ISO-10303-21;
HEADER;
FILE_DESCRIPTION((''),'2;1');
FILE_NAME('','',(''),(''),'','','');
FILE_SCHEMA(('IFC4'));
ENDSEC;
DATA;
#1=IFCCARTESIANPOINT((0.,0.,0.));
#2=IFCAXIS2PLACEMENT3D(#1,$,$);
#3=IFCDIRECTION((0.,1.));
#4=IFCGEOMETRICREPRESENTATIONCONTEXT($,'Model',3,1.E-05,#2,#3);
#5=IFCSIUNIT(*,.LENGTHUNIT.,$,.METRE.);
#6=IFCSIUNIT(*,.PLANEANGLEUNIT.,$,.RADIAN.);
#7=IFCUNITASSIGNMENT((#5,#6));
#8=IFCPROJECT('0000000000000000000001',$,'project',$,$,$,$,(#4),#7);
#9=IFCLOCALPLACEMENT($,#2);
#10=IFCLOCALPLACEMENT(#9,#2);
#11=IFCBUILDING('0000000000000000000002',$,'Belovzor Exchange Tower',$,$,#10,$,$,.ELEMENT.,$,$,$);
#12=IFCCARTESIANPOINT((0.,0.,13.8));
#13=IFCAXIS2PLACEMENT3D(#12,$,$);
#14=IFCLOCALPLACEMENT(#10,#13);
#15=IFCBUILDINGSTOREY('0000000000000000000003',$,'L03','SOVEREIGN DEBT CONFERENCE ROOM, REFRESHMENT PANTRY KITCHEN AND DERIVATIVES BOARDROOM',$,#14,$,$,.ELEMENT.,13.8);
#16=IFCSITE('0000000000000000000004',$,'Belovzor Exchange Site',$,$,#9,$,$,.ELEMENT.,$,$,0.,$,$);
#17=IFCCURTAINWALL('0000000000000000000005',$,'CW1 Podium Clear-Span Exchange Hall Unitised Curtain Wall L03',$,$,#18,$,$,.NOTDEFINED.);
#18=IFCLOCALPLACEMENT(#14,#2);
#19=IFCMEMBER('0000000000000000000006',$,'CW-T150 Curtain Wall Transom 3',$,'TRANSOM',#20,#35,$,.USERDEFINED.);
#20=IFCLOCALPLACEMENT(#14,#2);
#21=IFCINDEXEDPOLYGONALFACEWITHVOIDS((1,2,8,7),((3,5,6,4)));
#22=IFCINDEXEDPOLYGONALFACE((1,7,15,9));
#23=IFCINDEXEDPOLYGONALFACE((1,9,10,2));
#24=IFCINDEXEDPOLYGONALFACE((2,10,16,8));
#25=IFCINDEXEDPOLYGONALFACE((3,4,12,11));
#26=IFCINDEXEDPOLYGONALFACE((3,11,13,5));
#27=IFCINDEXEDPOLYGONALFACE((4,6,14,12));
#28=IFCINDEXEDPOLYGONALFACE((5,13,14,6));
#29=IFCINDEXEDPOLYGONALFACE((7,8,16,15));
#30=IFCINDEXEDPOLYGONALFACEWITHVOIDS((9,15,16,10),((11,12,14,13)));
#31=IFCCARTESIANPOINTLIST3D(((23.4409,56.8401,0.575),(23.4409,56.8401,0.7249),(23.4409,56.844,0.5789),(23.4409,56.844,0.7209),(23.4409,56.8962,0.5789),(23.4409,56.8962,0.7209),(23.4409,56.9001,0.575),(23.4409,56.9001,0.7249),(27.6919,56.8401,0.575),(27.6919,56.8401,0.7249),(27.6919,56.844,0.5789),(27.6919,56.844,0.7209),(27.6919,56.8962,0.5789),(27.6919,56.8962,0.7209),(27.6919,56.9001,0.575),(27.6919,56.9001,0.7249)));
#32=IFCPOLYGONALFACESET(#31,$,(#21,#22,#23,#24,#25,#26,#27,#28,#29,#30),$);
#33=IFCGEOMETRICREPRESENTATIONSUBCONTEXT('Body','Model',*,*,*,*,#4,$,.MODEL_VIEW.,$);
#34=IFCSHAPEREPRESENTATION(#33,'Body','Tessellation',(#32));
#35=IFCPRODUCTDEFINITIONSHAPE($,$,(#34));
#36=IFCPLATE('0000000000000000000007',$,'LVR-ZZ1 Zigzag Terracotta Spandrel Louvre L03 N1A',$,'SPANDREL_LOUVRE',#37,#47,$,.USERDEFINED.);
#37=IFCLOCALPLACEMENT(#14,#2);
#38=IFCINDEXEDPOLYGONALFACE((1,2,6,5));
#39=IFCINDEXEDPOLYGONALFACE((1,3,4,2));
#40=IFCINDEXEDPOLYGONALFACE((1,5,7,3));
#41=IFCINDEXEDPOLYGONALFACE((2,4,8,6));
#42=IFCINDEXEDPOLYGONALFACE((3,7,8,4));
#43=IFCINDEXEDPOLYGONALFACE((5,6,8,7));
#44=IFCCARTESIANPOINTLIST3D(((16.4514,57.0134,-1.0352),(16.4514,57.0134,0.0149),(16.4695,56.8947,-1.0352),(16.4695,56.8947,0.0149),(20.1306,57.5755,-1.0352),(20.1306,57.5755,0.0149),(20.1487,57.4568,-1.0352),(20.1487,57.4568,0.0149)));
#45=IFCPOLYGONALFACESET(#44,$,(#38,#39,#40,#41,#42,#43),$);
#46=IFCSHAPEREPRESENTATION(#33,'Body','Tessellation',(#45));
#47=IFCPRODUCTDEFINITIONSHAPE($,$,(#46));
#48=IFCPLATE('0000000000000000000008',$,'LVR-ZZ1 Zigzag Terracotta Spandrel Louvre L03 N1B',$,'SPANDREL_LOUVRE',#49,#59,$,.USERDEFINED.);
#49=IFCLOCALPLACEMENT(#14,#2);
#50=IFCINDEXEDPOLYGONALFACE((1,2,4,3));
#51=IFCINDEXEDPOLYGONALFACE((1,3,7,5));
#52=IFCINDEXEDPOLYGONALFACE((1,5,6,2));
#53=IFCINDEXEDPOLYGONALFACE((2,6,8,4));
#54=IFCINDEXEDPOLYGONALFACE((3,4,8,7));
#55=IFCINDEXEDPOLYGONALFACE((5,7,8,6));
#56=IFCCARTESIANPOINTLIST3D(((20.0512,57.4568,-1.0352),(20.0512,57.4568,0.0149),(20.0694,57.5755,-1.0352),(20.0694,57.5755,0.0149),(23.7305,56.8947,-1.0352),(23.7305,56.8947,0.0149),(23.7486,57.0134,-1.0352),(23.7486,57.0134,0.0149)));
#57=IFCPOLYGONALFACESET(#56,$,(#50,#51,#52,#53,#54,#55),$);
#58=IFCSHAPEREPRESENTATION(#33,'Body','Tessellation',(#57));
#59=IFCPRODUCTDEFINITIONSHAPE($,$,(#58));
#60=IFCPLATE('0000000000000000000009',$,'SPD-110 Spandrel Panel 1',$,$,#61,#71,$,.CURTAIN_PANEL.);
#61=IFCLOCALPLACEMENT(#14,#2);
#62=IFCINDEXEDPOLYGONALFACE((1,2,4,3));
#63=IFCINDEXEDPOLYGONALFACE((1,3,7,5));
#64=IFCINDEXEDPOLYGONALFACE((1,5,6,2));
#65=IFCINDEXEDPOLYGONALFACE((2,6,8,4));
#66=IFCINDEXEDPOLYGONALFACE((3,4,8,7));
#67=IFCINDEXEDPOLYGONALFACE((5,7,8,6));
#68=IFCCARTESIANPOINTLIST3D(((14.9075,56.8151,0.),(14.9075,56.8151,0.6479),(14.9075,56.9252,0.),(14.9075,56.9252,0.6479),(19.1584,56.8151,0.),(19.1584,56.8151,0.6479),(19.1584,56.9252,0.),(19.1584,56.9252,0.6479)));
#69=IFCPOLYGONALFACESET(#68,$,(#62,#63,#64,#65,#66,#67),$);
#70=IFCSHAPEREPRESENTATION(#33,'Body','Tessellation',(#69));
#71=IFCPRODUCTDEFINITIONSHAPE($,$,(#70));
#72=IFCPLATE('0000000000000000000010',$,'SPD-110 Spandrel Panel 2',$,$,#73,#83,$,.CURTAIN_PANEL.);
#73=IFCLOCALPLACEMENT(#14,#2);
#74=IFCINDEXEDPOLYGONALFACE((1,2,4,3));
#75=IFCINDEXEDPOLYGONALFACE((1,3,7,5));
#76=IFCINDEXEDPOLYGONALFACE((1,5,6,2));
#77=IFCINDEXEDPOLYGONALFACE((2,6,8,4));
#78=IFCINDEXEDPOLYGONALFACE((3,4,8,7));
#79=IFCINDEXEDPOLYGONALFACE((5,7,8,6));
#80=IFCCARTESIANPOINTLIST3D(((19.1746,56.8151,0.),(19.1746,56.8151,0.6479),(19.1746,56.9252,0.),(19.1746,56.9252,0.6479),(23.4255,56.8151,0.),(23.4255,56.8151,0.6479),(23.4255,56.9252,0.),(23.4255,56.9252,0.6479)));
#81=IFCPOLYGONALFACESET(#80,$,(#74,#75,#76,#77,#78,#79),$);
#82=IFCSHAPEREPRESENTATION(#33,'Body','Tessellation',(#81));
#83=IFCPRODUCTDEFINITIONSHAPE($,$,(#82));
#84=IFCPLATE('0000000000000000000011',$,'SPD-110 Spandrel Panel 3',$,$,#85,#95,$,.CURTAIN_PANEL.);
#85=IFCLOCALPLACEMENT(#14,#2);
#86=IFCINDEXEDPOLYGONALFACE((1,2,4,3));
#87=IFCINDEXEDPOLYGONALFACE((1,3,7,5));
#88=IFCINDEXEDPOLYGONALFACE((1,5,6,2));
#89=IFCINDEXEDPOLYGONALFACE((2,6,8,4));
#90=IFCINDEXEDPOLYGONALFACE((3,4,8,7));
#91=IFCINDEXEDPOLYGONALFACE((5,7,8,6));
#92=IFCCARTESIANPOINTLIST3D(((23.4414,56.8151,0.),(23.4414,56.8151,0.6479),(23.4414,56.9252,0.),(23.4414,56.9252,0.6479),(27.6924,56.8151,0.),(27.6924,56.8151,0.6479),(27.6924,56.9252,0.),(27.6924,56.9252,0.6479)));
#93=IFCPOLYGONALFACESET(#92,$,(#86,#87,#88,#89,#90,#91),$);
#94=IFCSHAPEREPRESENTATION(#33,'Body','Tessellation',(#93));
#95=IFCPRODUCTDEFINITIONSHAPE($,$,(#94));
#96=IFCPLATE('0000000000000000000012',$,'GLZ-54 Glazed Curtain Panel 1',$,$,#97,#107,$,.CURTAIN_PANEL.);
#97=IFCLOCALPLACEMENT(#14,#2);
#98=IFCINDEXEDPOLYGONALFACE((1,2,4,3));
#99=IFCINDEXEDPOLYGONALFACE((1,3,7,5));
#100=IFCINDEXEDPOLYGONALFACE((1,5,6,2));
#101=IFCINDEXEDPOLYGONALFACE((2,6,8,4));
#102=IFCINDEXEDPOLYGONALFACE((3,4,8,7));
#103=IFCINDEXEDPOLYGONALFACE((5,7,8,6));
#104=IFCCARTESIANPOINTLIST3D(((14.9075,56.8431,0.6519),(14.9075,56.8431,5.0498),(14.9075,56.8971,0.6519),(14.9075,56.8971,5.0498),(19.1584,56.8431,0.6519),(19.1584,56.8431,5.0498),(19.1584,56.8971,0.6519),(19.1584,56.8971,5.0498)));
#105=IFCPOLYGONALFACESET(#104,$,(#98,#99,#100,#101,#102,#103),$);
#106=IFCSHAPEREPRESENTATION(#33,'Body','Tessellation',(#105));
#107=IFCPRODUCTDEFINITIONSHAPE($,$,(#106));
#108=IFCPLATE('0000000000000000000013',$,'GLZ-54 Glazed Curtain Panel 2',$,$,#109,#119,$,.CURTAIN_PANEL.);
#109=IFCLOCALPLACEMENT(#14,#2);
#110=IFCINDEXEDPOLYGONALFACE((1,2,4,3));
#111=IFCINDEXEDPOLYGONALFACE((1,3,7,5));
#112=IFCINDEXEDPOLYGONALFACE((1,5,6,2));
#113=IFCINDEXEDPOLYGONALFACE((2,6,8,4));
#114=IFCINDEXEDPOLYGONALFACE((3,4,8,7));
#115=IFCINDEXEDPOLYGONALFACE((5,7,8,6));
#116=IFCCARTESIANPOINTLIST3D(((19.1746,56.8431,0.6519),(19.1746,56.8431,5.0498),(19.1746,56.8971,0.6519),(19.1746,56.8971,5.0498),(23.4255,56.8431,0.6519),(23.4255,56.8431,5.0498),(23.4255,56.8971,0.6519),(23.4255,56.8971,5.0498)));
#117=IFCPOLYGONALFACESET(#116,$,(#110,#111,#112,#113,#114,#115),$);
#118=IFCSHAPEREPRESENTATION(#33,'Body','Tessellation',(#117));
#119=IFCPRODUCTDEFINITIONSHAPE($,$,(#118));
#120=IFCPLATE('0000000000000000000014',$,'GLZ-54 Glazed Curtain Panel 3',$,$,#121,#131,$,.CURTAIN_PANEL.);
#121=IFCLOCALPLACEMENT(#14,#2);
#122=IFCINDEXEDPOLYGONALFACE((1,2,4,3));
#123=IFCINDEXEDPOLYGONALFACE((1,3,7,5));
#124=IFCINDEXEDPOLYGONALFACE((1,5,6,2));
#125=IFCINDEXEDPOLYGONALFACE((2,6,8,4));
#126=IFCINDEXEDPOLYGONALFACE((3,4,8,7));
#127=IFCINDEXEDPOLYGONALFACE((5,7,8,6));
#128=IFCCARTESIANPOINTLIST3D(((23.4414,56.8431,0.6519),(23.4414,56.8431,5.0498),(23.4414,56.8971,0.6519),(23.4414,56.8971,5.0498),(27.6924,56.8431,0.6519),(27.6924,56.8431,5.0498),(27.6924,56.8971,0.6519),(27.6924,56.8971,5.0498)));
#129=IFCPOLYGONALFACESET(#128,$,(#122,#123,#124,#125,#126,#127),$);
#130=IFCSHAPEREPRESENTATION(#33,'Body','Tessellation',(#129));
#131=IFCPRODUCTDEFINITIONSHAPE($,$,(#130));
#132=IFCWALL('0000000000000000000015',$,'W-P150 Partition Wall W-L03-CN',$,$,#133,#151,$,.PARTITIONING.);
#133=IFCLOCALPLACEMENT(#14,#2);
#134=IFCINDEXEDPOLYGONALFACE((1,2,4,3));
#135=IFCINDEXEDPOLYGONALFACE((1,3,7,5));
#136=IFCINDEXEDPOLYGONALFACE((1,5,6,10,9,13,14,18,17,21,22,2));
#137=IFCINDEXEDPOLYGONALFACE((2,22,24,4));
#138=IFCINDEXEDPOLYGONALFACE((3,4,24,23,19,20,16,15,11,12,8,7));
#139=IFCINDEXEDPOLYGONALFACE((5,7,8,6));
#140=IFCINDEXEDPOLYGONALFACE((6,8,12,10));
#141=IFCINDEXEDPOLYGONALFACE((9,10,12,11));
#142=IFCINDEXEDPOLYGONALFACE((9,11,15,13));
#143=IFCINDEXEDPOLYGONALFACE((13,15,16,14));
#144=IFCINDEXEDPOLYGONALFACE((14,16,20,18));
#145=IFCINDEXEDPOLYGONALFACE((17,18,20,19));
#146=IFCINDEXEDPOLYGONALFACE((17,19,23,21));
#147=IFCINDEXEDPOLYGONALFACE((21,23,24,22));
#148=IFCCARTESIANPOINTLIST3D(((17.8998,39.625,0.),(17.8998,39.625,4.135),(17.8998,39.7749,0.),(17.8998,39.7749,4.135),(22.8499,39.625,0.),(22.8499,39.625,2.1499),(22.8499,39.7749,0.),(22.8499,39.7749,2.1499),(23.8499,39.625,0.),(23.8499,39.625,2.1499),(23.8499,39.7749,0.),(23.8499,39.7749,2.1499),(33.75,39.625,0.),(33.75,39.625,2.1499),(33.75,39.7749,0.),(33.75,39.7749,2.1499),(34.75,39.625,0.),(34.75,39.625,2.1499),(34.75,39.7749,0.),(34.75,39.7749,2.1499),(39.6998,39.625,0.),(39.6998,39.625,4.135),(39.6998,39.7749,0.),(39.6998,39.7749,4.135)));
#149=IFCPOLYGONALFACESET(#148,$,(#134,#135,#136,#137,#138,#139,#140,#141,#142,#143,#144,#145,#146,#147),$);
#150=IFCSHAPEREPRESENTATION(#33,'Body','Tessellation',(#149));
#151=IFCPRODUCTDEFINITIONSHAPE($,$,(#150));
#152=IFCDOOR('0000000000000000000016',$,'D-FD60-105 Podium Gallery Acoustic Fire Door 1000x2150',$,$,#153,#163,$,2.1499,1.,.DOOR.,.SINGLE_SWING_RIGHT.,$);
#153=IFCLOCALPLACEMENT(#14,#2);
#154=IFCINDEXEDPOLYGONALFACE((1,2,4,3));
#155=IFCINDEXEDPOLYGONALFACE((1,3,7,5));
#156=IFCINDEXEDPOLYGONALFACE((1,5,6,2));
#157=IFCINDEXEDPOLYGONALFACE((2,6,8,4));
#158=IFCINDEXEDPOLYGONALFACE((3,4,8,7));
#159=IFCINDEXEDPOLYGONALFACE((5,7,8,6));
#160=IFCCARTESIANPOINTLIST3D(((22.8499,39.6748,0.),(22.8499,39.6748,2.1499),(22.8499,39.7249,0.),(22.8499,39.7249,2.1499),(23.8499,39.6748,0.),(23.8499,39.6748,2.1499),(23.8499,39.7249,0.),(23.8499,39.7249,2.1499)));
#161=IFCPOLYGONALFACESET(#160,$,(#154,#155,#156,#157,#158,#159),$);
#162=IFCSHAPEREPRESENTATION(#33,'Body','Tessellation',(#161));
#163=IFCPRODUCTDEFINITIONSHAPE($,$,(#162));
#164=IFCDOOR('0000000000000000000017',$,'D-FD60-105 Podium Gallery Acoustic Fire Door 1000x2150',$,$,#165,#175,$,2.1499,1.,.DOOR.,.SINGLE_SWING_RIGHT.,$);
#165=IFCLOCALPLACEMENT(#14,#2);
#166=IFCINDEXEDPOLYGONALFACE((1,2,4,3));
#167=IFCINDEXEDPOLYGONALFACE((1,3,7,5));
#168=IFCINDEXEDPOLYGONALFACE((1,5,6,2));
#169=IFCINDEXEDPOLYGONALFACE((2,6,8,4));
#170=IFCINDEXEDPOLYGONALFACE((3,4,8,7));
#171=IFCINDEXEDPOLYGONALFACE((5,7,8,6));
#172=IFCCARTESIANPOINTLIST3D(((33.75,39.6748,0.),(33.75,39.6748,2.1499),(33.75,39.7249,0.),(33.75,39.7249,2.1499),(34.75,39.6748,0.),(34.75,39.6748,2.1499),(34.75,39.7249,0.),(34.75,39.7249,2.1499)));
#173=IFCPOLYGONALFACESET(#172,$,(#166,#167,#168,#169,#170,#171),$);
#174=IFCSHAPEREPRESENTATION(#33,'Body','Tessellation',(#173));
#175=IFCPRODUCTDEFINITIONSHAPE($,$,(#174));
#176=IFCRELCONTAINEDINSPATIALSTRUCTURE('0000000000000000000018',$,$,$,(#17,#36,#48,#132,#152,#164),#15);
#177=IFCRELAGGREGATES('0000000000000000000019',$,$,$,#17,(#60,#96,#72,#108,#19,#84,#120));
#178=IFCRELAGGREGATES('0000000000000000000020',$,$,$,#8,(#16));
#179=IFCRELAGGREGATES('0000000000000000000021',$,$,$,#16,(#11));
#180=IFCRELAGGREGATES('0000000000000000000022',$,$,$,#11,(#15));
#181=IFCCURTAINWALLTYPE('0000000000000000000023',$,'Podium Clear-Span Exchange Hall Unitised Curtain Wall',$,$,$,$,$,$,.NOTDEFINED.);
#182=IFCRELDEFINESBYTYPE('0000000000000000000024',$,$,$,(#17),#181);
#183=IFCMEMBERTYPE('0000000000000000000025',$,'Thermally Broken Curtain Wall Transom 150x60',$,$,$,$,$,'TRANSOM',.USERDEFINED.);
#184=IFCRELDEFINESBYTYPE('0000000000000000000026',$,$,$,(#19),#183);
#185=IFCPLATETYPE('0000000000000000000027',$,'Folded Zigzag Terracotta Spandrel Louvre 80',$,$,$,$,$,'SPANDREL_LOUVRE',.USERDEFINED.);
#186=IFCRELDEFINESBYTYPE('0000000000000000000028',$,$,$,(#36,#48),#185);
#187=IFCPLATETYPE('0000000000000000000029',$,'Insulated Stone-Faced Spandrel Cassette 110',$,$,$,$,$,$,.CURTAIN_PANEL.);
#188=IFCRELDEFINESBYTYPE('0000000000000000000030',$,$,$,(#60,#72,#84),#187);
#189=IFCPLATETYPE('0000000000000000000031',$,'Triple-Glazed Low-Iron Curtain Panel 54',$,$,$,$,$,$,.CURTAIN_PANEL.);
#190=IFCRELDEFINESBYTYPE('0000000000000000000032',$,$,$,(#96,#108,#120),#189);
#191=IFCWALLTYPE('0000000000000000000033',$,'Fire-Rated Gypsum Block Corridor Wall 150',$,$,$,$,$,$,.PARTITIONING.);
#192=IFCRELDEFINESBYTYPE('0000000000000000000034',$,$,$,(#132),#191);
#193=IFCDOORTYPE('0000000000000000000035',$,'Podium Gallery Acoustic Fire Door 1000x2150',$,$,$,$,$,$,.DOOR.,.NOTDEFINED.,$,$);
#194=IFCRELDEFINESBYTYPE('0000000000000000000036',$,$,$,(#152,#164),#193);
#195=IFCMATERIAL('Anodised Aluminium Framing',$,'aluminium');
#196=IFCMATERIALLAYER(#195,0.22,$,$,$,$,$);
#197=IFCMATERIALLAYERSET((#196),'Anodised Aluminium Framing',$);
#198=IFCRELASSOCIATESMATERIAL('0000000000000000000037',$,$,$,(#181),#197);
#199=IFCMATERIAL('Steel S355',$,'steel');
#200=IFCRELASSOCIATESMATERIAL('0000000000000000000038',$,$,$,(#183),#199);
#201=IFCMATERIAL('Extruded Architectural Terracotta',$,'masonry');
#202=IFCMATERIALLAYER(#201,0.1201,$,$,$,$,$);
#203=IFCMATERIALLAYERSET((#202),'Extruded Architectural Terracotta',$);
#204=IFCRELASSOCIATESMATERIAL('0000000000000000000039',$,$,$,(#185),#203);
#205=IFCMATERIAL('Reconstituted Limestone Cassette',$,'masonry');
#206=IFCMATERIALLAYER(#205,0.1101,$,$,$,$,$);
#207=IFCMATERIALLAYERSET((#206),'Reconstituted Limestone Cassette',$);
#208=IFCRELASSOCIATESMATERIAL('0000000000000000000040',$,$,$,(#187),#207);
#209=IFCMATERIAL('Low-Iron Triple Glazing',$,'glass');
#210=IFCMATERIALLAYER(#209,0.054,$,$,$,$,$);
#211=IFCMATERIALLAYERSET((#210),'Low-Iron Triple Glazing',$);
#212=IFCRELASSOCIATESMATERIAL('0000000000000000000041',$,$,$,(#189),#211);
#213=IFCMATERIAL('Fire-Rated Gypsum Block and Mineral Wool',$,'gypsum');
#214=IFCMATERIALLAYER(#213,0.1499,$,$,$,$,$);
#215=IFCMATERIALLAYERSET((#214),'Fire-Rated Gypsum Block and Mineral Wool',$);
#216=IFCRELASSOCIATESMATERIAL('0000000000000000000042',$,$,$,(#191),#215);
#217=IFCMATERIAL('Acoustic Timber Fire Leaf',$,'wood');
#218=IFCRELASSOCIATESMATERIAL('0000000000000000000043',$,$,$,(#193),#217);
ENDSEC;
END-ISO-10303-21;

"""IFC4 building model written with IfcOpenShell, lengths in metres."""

from ifc_helpers import new_model, si_unit, direction, frame, frame_2d, origin, origin_2d, place, context, subcontext, project, spatial, rectangle, hollow_rectangle, extrude, material, layer, layer_set, material_profile, profile_set, type_object, element, fill, aggregate, save


model = new_model("IFC4")

# Units and contexts
model_context = context("Model", 3, precision=1e-05, world=origin(), true_north=direction((0.0, 1.0)))
body_context = subcontext(model_context, "Body", "Model", "MODEL_VIEW")
ifc_project = project(units=[si_unit("LENGTHUNIT", "METRE"), si_unit("PLANEANGLEUNIT", "RADIAN")], contexts=[model_context])

# Site, building, storey
site_placement = place(None, origin())
site = spatial("IfcSite", under=ifc_project, at=site_placement, Name="Belovzor Exchange Site", CompositionType="ELEMENT", RefElevation=0.0)
building_placement = place(site_placement, origin())
building = spatial("IfcBuilding", under=site, at=building_placement, Name="Belovzor Exchange Tower", CompositionType="ELEMENT")
storey_placement = place(building_placement, frame((0.0, 0.0, 13.8)))
storey = spatial("IfcBuildingStorey", under=building, at=storey_placement, Name="L03", Description="SOVEREIGN DEBT CONFERENCE ROOM, REFRESHMENT PANTRY KITCHEN AND DERIVATIVES BOARDROOM", CompositionType="ELEMENT", Elevation=13.8)

# Curtain wall, member
ifc_material_1 = material(Name="Anodised Aluminium Framing", Category="aluminium")
ifc_layer_1 = layer(ifc_material_1, 0.22)
ifc_layer_set_1 = layer_set([ifc_layer_1], Name="Anodised Aluminium Framing")
curtain_wall_type = type_object("IfcCurtainWallType", Name="Podium Clear-Span Exchange Hall Unitised Curtain Wall", PredefinedType="NOTDEFINED", material=ifc_layer_set_1)
curtain_wall_placement = place(storey_placement, origin())
curtain_wall = element("IfcCurtainWall", 1, at=curtain_wall_placement, inside=storey, type_object=curtain_wall_type, Name="CW1 Podium Clear-Span Exchange Hall Unitised Curtain Wall L03", PredefinedType="NOTDEFINED")
ifc_material_2 = material(Name="Steel S355", Category="steel")
ifc_material_profile_1 = material_profile(ifc_material_2, hollow_rectangle(XDim=0.0601, YDim=0.1499, WallThickness=0.0039, at=origin_2d()))
ifc_profile_set_1 = profile_set([ifc_material_profile_1], Name="Steel S355")
member_type_1 = type_object("IfcMemberType", Name="Thermally Broken Curtain Wall Transom 150x60", ElementType="TRANSOM", PredefinedType="USERDEFINED", material=ifc_profile_set_1)
member_1_placement = place(storey_placement, frame((23.4409, 56.8701, 0.6499), z_axis=(1.0, 0.0, 0.0), x_axis=(0.0, 1.0, 0.0)))
member_1 = element("IfcMember", 2, at=member_1_placement, type_object=member_type_1, Name="CW-T150 Curtain Wall Transom 3", ObjectType="TRANSOM", PredefinedType="USERDEFINED", context=body_context, shape_type="SweptSolid", body=[
    extrude(hollow_rectangle(XDim=0.0601, YDim=0.1499, WallThickness=0.0039, at=origin_2d()), origin(), (0.0, 0.0, 1.0), 4.251),
])

# Plates
ifc_material_3 = material(Name="Extruded Architectural Terracotta", Category="masonry")
ifc_layer_2 = layer(ifc_material_3, 0.1201)
ifc_layer_set_2 = layer_set([ifc_layer_2], Name="Extruded Architectural Terracotta")
plate_type_1 = type_object("IfcPlateType", Name="Folded Zigzag Terracotta Spandrel Louvre 80", ElementType="SPANDREL_LOUVRE", PredefinedType="USERDEFINED", material=ifc_layer_set_2)
for number, where, z_axis, x_axis, name in (
    (3, (18.3, 57.2351, -1.0352), (0.0, 0.0, 1.0), (0.988531, 0.151019, 0.0), "LVR-ZZ1 Zigzag Terracotta Spandrel Louvre L03 N1A"),
    (4, (21.8999, 57.2351, -1.0352), (0.0, 0.0, 1.0), (0.988531, -0.151019, 0.0), "LVR-ZZ1 Zigzag Terracotta Spandrel Louvre L03 N1B"),
):
    element("IfcPlate", number, at=place(storey_placement, frame(where, z_axis=z_axis, x_axis=x_axis)), inside=storey, type_object=plate_type_1, Name=name, ObjectType="SPANDREL_LOUVRE", PredefinedType="USERDEFINED", context=body_context, shape_type="SweptSolid", body=[
        extrude(rectangle(XDim=3.7219, YDim=0.1201, at=origin_2d()), origin(), (0.0, 0.0, 1.0), 1.05),
    ])

# Plates
ifc_material_4 = material(Name="Reconstituted Limestone Cassette", Category="masonry")
ifc_layer_3 = layer(ifc_material_4, 0.1101)
ifc_layer_set_3 = layer_set([ifc_layer_3], Name="Reconstituted Limestone Cassette")
plate_type_2 = type_object("IfcPlateType", Name="Insulated Stone-Faced Spandrel Cassette 110", PredefinedType="CURTAIN_PANEL", material=ifc_layer_set_3)
plate_1_placement = place(storey_placement, frame((17.033, 56.8701, 0.0), z_axis=(0.0, 0.0, 1.0), x_axis=(1.0, 0.0, 0.0)))
plate_1 = element("IfcPlate", 5, at=plate_1_placement, type_object=plate_type_2, Name="SPD-110 Spandrel Panel 1", PredefinedType="CURTAIN_PANEL", context=body_context, shape_type="SweptSolid", body=[
    extrude(rectangle(XDim=4.251, YDim=0.1101, at=origin_2d()), origin(), (0.0, 0.0, 1.0), 0.6479),
])
plate_2_placement = place(storey_placement, frame((21.3, 56.8701, 0.0), z_axis=(0.0, 0.0, 1.0), x_axis=(1.0, 0.0, 0.0)))
plate_2 = element("IfcPlate", 6, at=plate_2_placement, type_object=plate_type_2, Name="SPD-110 Spandrel Panel 2", PredefinedType="CURTAIN_PANEL", context=body_context, shape_type="SweptSolid", body=[
    extrude(rectangle(XDim=4.251, YDim=0.1101, at=origin_2d()), origin(), (0.0, 0.0, 1.0), 0.6479),
])
plate_3_placement = place(storey_placement, frame((25.5669, 56.8701, 0.0), z_axis=(0.0, 0.0, 1.0), x_axis=(1.0, 0.0, 0.0)))
plate_3 = element("IfcPlate", 7, at=plate_3_placement, type_object=plate_type_2, Name="SPD-110 Spandrel Panel 3", PredefinedType="CURTAIN_PANEL", context=body_context, shape_type="SweptSolid", body=[
    extrude(rectangle(XDim=4.251, YDim=0.1101, at=origin_2d()), origin(), (0.0, 0.0, 1.0), 0.6479),
])
ifc_material_5 = material(Name="Low-Iron Triple Glazing", Category="glass")
ifc_layer_4 = layer(ifc_material_5, 0.054)
ifc_layer_set_4 = layer_set([ifc_layer_4], Name="Low-Iron Triple Glazing")
plate_type_3 = type_object("IfcPlateType", Name="Triple-Glazed Low-Iron Curtain Panel 54", PredefinedType="CURTAIN_PANEL", material=ifc_layer_set_4)
plate_4_placement = place(storey_placement, frame((17.033, 56.8701, 0.6519), z_axis=(0.0, 0.0, 1.0), x_axis=(1.0, 0.0, 0.0)))
plate_4 = element("IfcPlate", 8, at=plate_4_placement, type_object=plate_type_3, Name="GLZ-54 Glazed Curtain Panel 1", PredefinedType="CURTAIN_PANEL", context=body_context, shape_type="SweptSolid", body=[
    extrude(rectangle(XDim=4.251, YDim=0.054, at=origin_2d()), origin(), (0.0, 0.0, 1.0), 4.3979),
])
plate_5_placement = place(storey_placement, frame((21.3, 56.8701, 0.6519), z_axis=(0.0, 0.0, 1.0), x_axis=(1.0, 0.0, 0.0)))
plate_5 = element("IfcPlate", 9, at=plate_5_placement, type_object=plate_type_3, Name="GLZ-54 Glazed Curtain Panel 2", PredefinedType="CURTAIN_PANEL", context=body_context, shape_type="SweptSolid", body=[
    extrude(rectangle(XDim=4.251, YDim=0.054, at=origin_2d()), origin(), (0.0, 0.0, 1.0), 4.3979),
])
plate_6_placement = place(storey_placement, frame((25.5669, 56.8701, 0.6519), z_axis=(0.0, 0.0, 1.0), x_axis=(1.0, 0.0, 0.0)))
plate_6 = element("IfcPlate", 10, at=plate_6_placement, type_object=plate_type_3, Name="GLZ-54 Glazed Curtain Panel 3", PredefinedType="CURTAIN_PANEL", context=body_context, shape_type="SweptSolid", body=[
    extrude(rectangle(XDim=4.251, YDim=0.054, at=origin_2d()), origin(), (0.0, 0.0, 1.0), 4.3979),
])
aggregate(curtain_wall, [plate_1, plate_4, plate_2, plate_5, member_1, plate_3, plate_6])

# Wall, openings, doors
ifc_material_6 = material(Name="Fire-Rated Gypsum Block and Mineral Wool", Category="gypsum")
ifc_layer_5 = layer(ifc_material_6, 0.1499)
ifc_layer_set_5 = layer_set([ifc_layer_5], Name="Fire-Rated Gypsum Block and Mineral Wool")
wall_type_1 = type_object("IfcWallType", Name="Fire-Rated Gypsum Block Corridor Wall 150", PredefinedType="PARTITIONING", material=ifc_layer_set_5)
wall_1_placement = place(storey_placement, frame((17.8999, 39.7, 0.0), z_axis=(0.0, 0.0, 1.0), x_axis=(1.0, 0.0, 0.0)))
wall_1 = element("IfcWall", 11, at=wall_1_placement, inside=storey, type_object=wall_type_1, Name="W-P150 Partition Wall W-L03-CN", PredefinedType="PARTITIONING", context=body_context, shape_type="SweptSolid", body=[
    extrude(rectangle(XDim=21.8, YDim=0.1499, at=frame_2d((10.8999, 0.0))), origin(), (0.0, 0.0, 1.0), 4.135),
])
opening_1_placement = place(wall_1_placement, frame((4.95, 0.0, 0.0)))
opening_1 = element("IfcOpeningElement", 12, at=opening_1_placement, cuts=wall_1, PredefinedType="OPENING", context=body_context, shape_type="SweptSolid", body=[
    extrude(rectangle(XDim=1.0, YDim=2.1499, at=frame_2d((0.5, 1.075))), frame((0.0, 0.085, 0.0), z_axis=(0.0, -1.0, 0.0), x_axis=(1.0, 0.0, 0.0)), (0.0, 0.0, 1.0), 0.1699),
])
opening_2_placement = place(wall_1_placement, frame((15.8501, 0.0, 0.0)))
opening_2 = element("IfcOpeningElement", 13, at=opening_2_placement, cuts=wall_1, PredefinedType="OPENING", context=body_context, shape_type="SweptSolid", body=[
    extrude(rectangle(XDim=1.0, YDim=2.1499, at=frame_2d((0.5, 1.075))), frame((0.0, 0.085, 0.0), z_axis=(0.0, -1.0, 0.0), x_axis=(1.0, 0.0, 0.0)), (0.0, 0.0, 1.0), 0.1699),
])
ifc_material_7 = material(Name="Acoustic Timber Fire Leaf", Category="wood")
door_type_1 = type_object("IfcDoorType", Name="Podium Gallery Acoustic Fire Door 1000x2150", OperationType="NOTDEFINED", PredefinedType="DOOR", material=ifc_material_7)
door_1_placement = place(opening_1_placement, origin())
door_1 = element("IfcDoor", 14, at=door_1_placement, inside=storey, type_object=door_type_1, Name="D-FD60-105 Podium Gallery Acoustic Fire Door 1000x2150", OperationType="SINGLE_SWING_RIGHT", OverallHeight=2.1499, OverallWidth=1.0, PredefinedType="DOOR", context=body_context, shape_type="SweptSolid", body=[
    extrude(rectangle(XDim=1.0, YDim=2.1499, at=frame_2d((0.5, 1.075))), frame((0.0, 0.0249, 0.0), z_axis=(0.0, -1.0, 0.0), x_axis=(1.0, 0.0, 0.0)), (0.0, 0.0, 1.0), 0.05),
])
fill(opening_1, door_1)
door_2_placement = place(opening_2_placement, origin())
door_2 = element("IfcDoor", 15, at=door_2_placement, inside=storey, type_object=door_type_1, Name="D-FD60-105 Podium Gallery Acoustic Fire Door 1000x2150", OperationType="SINGLE_SWING_RIGHT", OverallHeight=2.1499, OverallWidth=1.0, PredefinedType="DOOR", context=body_context, shape_type="SweptSolid", body=[
    extrude(rectangle(XDim=1.0, YDim=2.1499, at=frame_2d((0.5, 1.075))), frame((0.0, 0.0249, 0.0), z_axis=(0.0, -1.0, 0.0), x_axis=(1.0, 0.0, 0.0)), (0.0, 0.0, 1.0), 0.05),
])
fill(opening_2, door_2)

save(model, "model.ifc")
